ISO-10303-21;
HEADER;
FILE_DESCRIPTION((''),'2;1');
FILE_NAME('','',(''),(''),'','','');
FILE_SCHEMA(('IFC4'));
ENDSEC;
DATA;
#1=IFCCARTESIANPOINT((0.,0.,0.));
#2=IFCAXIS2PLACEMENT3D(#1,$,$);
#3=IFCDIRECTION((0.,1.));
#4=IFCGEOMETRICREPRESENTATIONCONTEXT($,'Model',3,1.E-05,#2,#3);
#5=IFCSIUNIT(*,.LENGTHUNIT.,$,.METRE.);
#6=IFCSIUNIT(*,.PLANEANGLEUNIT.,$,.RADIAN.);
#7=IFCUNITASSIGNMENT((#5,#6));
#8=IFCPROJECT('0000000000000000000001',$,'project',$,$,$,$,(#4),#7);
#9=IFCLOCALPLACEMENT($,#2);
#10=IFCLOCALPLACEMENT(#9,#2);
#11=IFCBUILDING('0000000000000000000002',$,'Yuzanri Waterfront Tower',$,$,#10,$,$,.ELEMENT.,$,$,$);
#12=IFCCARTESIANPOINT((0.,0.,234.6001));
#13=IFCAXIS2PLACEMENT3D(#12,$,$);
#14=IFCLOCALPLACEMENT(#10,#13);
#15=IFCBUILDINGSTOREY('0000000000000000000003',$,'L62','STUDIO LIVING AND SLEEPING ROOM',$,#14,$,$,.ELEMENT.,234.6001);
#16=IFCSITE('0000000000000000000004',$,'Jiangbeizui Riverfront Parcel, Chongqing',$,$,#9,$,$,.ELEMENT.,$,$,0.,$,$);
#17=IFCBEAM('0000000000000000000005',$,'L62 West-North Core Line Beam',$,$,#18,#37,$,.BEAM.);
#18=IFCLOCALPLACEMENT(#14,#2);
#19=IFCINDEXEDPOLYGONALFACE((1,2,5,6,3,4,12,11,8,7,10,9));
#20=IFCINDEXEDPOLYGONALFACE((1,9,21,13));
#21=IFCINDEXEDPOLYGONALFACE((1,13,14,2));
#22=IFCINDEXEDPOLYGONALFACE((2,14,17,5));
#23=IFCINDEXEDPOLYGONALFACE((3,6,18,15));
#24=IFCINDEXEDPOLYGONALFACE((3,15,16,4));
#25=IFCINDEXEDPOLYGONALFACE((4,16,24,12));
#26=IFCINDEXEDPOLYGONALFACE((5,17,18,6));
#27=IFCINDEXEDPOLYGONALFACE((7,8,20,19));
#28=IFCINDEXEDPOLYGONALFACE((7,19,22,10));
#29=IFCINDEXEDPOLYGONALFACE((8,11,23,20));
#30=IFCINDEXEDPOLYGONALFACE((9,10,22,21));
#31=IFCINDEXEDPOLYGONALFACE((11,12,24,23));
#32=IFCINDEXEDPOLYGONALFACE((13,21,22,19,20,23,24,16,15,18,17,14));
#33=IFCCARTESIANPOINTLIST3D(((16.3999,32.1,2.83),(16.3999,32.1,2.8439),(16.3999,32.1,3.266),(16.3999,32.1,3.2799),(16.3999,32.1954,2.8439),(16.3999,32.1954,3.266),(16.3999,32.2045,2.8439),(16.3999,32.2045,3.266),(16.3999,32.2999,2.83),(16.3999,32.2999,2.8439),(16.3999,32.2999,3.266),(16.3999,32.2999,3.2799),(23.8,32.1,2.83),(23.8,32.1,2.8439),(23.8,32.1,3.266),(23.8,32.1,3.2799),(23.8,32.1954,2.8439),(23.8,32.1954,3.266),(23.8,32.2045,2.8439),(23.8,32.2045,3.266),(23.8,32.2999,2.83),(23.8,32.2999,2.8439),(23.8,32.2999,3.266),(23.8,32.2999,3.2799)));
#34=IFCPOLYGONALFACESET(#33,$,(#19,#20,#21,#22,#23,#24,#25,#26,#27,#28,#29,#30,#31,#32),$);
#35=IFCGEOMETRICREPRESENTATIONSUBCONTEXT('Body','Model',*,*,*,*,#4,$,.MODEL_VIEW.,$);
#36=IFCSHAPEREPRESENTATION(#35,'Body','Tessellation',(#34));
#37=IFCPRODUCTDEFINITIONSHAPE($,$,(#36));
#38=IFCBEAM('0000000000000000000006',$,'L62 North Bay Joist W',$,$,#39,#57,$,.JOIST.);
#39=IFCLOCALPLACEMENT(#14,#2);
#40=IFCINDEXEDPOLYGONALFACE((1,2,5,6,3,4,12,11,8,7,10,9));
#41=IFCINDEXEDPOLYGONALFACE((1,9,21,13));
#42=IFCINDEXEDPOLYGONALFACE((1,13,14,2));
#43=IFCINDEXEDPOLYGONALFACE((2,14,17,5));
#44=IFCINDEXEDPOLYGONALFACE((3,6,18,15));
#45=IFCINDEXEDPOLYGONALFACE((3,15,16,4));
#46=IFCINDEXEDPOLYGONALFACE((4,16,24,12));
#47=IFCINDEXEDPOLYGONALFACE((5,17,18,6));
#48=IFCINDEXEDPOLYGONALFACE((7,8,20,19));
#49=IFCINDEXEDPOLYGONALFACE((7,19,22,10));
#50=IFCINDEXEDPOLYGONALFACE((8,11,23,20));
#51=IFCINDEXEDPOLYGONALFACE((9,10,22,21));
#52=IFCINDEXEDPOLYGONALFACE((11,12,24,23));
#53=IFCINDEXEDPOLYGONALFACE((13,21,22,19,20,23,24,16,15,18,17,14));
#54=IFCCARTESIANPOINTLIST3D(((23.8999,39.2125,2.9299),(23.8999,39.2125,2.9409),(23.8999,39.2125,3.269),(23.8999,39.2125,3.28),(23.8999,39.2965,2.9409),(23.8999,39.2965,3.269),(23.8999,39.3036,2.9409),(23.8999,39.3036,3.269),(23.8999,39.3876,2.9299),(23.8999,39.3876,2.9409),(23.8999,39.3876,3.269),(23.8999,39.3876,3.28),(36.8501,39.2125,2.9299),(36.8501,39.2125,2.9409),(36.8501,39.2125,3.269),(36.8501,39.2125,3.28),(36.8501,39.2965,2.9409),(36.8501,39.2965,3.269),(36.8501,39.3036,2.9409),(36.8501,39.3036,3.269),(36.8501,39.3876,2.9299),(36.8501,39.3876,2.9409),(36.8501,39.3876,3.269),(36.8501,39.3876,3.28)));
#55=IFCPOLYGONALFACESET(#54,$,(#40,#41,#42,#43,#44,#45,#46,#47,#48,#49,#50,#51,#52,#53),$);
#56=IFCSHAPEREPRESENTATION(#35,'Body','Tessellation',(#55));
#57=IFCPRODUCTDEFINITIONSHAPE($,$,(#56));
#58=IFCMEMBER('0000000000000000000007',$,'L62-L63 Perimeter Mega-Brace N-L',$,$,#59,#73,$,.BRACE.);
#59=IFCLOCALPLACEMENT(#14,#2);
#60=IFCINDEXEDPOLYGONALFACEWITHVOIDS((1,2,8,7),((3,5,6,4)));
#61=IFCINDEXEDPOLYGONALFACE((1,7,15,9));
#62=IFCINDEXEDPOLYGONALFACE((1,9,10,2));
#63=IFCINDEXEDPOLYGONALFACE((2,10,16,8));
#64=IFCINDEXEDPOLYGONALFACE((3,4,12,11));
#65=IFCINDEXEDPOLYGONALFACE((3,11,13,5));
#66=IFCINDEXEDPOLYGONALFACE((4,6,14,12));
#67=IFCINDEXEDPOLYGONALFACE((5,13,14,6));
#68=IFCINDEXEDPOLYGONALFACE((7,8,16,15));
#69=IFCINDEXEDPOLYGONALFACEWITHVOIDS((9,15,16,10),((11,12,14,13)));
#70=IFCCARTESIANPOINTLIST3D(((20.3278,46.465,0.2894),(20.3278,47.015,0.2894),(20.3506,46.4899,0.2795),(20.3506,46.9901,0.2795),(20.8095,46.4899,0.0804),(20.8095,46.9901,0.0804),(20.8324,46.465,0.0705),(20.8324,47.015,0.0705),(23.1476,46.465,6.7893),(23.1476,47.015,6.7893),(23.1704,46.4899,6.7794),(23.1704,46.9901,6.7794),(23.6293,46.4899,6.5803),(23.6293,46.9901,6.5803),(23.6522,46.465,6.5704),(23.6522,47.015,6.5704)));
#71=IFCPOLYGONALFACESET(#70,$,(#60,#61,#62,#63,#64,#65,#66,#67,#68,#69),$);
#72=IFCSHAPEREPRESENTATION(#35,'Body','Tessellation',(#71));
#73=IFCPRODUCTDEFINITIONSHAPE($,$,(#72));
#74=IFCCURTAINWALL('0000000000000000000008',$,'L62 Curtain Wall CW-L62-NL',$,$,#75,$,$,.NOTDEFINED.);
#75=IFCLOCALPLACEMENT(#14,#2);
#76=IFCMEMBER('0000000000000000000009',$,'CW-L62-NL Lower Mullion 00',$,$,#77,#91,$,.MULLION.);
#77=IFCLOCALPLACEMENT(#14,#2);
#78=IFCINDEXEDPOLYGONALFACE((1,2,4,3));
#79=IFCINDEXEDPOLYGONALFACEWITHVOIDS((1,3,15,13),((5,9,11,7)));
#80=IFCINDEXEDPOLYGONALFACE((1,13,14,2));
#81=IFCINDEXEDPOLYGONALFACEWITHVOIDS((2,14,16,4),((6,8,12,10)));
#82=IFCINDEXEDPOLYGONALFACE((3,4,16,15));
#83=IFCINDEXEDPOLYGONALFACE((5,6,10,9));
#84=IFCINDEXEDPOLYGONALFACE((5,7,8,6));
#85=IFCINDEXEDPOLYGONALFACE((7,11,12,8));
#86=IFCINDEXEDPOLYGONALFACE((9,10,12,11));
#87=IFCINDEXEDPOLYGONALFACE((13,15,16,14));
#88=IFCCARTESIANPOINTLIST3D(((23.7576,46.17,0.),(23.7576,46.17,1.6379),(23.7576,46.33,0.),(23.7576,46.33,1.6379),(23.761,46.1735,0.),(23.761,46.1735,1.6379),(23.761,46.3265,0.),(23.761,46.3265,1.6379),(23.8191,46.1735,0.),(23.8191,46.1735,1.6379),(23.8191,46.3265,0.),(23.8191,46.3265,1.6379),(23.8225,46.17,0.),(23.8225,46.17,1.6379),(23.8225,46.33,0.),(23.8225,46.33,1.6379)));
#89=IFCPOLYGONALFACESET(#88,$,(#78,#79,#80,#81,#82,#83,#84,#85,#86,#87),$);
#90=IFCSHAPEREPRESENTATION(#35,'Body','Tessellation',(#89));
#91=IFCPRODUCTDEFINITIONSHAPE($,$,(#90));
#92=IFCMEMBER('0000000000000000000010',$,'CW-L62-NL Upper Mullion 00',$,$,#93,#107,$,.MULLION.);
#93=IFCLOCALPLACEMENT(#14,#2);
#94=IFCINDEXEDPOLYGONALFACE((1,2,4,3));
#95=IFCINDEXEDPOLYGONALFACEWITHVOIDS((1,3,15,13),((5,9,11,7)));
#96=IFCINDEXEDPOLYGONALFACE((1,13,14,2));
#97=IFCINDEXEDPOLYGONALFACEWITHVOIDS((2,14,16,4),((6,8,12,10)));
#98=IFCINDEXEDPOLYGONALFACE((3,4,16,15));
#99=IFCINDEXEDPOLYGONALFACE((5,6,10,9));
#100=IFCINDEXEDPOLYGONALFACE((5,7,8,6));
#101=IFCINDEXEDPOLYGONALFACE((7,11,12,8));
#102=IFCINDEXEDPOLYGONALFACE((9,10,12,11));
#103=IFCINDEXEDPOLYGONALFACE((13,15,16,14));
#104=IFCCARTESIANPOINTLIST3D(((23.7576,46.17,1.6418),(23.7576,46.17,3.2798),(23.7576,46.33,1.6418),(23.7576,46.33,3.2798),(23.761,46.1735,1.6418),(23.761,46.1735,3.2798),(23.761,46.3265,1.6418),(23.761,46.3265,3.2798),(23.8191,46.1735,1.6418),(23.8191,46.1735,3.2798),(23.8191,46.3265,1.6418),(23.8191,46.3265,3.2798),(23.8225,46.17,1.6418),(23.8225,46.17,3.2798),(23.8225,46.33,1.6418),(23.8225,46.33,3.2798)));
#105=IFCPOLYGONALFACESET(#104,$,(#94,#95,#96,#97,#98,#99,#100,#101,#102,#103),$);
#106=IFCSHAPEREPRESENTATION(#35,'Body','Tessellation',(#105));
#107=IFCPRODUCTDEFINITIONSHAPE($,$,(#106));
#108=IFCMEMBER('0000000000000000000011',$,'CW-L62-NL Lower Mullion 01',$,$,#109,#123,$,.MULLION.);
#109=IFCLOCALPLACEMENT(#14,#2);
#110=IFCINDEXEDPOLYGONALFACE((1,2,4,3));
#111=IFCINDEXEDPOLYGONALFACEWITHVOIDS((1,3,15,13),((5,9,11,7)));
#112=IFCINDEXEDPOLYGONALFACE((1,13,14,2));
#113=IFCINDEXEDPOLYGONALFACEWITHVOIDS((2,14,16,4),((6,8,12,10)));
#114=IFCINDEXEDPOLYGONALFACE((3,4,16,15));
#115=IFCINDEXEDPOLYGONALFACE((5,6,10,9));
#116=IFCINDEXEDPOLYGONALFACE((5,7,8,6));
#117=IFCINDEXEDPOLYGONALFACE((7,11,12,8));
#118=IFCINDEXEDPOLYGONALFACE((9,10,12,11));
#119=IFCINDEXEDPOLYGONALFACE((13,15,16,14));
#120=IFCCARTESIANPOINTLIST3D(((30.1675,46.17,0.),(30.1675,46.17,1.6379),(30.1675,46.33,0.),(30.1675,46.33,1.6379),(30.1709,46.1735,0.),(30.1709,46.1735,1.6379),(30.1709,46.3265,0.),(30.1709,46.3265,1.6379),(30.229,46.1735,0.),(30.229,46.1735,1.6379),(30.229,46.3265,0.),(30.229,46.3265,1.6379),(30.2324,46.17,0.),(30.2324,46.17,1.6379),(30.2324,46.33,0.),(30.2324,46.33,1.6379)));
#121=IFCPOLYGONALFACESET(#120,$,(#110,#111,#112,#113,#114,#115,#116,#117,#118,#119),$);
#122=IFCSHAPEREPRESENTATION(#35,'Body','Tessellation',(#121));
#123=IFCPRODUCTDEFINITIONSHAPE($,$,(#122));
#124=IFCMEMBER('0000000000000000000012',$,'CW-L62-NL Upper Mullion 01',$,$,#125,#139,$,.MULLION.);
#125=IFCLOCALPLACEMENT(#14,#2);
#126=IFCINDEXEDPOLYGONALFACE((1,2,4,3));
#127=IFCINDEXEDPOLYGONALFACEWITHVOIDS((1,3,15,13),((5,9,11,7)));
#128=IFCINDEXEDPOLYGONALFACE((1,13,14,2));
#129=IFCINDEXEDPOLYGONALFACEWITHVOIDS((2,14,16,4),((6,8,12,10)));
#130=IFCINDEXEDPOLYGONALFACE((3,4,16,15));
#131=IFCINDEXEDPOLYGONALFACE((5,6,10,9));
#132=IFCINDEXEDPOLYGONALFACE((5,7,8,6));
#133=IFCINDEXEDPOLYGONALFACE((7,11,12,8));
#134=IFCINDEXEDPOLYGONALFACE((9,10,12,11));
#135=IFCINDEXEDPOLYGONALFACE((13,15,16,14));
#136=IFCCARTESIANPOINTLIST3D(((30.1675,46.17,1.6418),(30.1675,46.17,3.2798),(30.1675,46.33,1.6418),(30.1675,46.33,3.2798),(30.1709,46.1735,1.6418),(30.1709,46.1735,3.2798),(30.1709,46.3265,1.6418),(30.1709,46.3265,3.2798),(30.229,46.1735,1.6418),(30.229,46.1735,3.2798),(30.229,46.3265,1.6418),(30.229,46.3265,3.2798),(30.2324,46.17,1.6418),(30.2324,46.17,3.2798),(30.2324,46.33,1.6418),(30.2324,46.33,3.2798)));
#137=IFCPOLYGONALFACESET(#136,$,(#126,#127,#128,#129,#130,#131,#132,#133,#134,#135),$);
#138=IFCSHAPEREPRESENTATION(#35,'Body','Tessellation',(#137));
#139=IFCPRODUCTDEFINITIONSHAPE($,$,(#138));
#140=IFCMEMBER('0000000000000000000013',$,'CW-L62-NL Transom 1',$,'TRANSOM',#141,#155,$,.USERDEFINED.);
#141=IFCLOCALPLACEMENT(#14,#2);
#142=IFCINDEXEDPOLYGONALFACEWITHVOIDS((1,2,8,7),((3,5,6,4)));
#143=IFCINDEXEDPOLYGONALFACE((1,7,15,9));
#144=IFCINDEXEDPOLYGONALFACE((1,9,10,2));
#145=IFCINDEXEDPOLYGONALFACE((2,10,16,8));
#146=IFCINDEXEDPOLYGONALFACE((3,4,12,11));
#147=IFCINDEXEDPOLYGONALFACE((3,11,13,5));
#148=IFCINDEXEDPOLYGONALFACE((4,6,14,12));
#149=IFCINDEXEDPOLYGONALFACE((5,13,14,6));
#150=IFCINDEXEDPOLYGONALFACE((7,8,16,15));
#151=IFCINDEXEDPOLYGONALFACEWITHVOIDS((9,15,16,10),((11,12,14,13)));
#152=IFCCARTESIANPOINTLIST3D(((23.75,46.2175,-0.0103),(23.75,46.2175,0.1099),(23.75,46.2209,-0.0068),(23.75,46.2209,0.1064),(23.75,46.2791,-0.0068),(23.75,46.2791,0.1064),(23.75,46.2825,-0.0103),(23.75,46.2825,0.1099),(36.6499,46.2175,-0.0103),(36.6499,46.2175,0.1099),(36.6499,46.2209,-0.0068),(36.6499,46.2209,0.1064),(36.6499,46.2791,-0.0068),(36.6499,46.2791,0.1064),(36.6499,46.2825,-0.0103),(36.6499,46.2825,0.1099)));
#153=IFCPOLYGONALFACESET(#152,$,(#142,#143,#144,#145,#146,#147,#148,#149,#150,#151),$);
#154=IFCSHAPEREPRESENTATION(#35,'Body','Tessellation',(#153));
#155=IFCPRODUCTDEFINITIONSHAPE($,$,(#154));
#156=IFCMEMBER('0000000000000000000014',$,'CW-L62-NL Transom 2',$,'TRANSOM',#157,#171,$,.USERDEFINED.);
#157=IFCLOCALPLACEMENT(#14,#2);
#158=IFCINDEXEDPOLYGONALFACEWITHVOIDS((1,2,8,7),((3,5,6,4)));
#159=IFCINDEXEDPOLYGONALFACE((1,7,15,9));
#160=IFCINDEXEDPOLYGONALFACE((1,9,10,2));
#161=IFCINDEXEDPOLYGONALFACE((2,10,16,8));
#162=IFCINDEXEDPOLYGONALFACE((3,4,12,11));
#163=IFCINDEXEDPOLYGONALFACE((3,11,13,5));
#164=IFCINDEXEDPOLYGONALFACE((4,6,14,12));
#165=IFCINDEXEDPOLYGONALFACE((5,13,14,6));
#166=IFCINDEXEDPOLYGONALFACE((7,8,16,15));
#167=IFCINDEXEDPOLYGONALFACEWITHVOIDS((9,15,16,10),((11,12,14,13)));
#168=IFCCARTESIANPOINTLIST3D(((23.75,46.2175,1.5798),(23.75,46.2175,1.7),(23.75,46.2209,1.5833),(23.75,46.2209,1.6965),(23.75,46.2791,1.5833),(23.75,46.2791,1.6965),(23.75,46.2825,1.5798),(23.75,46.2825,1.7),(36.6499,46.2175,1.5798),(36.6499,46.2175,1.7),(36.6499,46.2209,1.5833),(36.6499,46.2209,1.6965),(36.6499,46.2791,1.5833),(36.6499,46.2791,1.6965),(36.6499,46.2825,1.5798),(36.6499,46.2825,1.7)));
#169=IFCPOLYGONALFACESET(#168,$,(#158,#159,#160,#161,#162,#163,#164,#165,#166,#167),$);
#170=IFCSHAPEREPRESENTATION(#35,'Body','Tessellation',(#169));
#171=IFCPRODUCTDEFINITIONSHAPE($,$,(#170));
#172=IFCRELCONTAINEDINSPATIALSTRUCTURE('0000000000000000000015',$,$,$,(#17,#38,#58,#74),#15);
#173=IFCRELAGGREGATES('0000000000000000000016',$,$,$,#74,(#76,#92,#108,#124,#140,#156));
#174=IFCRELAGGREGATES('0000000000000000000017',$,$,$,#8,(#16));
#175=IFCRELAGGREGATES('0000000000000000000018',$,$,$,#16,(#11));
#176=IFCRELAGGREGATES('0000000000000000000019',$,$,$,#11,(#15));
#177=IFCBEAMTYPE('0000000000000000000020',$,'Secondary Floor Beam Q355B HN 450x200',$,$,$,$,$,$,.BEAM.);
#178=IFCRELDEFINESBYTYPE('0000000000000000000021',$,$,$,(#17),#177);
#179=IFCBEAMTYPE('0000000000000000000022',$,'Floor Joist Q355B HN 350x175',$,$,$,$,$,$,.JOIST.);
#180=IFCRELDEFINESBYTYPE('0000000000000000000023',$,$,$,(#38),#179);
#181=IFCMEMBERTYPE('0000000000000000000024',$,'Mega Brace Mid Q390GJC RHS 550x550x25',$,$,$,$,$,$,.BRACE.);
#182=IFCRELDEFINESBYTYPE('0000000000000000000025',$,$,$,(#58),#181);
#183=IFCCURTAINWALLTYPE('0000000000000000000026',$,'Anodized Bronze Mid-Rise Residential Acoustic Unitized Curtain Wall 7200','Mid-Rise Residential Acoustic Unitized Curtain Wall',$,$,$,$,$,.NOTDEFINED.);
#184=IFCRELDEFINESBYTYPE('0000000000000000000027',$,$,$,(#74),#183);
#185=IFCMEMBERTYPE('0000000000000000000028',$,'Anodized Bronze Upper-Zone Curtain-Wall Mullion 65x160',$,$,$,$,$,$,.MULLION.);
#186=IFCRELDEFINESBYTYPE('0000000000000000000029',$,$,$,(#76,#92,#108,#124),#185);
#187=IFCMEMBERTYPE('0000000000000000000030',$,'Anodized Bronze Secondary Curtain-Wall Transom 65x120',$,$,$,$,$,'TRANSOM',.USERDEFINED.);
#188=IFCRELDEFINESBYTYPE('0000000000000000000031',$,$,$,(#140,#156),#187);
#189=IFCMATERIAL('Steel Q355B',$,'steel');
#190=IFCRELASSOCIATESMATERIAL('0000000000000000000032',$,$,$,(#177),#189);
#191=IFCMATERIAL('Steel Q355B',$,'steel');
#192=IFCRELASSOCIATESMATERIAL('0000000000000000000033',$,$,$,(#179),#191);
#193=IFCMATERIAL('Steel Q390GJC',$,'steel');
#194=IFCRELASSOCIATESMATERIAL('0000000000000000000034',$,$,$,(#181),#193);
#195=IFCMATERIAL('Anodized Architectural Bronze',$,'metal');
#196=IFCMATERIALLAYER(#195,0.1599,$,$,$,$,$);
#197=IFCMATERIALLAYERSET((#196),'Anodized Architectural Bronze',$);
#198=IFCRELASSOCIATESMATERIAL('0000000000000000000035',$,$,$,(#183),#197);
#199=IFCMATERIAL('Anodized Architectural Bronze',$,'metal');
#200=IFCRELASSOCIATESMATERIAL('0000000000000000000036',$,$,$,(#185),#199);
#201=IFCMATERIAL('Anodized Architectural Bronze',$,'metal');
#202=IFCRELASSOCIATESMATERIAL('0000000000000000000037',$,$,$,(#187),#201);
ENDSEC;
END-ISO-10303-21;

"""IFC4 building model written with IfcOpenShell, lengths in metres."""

from ifc_helpers import new_model, si_unit, direction, frame, origin, origin_2d, place, context, subcontext, project, spatial, hollow_rectangle, i_section, extrude, source, transform, mapped, material, layer, layer_set, material_profile, profile_set, type_object, element, aggregate, save


model = new_model("IFC4")

# Units and contexts
model_context = context("Model", 3, precision=1e-05, world=origin(), true_north=direction((0.0, 1.0)))
body_context = subcontext(model_context, "Body", "Model", "MODEL_VIEW")
ifc_project = project(units=[si_unit("LENGTHUNIT", "METRE"), si_unit("PLANEANGLEUNIT", "RADIAN")], contexts=[model_context])

# Site, building, storey
site_placement = place(None, origin())
site = spatial("IfcSite", under=ifc_project, at=site_placement, Name="Jiangbeizui Riverfront Parcel, Chongqing", CompositionType="ELEMENT", RefElevation=0.0)
building_placement = place(site_placement, origin())
building = spatial("IfcBuilding", under=site, at=building_placement, Name="Yuzanri Waterfront Tower", CompositionType="ELEMENT")
storey_placement = place(building_placement, frame((0.0, 0.0, 234.6001)))
storey = spatial("IfcBuildingStorey", under=building, at=storey_placement, Name="L62", Description="STUDIO LIVING AND SLEEPING ROOM", CompositionType="ELEMENT", Elevation=234.6001)

# Beams
ifc_material_1 = material(Name="Steel Q355B", Category="steel")
ifc_material_profile_1 = material_profile(ifc_material_1, i_section(OverallWidth=0.2, OverallDepth=0.45, WebThickness=0.009, FlangeThickness=0.0139, at=origin_2d()), Name="HN 450x200x9x14")
ifc_profile_set_1 = profile_set([ifc_material_profile_1], Name="Steel Q355B")
beam_type_1 = type_object("IfcBeamType", Name="Secondary Floor Beam Q355B HN 450x200", PredefinedType="BEAM", material=ifc_profile_set_1)
shared_shape_1 = source(origin(), body_context, "Body", "SweptSolid", [
    extrude(i_section(OverallWidth=0.2, OverallDepth=0.45, WebThickness=0.009, FlangeThickness=0.0139, at=origin_2d()), origin(), (0.0, 0.0, 1.0), 7.4001),
])
beam_1_placement = place(storey_placement, frame((23.8, 32.2, 3.0549), z_axis=(-1.0, 0.0, 0.0), x_axis=(0.0, -1.0, 0.0)))
element("IfcBeam", 1, at=beam_1_placement, inside=storey, type_object=beam_type_1, Name="L62 West-North Core Line Beam", PredefinedType="BEAM", context=body_context, shape_type="MappedRepresentation", body=[
    mapped(shared_shape_1, transform((0.0, 0.0, 0.0), scale=1.0)),
])
ifc_material_2 = material(Name="Steel Q355B", Category="steel")
ifc_material_profile_2 = material_profile(ifc_material_2, i_section(OverallWidth=0.175, OverallDepth=0.3501, WebThickness=0.0071, FlangeThickness=0.011, at=origin_2d()), Name="HN 350x175x7x11")
ifc_profile_set_2 = profile_set([ifc_material_profile_2], Name="Steel Q355B")
beam_type_2 = type_object("IfcBeamType", Name="Floor Joist Q355B HN 350x175", PredefinedType="JOIST", material=ifc_profile_set_2)
shared_shape_2 = source(origin(), body_context, "Body", "SweptSolid", [
    extrude(i_section(OverallWidth=0.175, OverallDepth=0.3501, WebThickness=0.0071, FlangeThickness=0.011, at=origin_2d()), origin(), (0.0, 0.0, 1.0), 12.9502),
])
beam_2_placement = place(storey_placement, frame((23.8999, 39.3, 3.105), z_axis=(1.0, 0.0, 0.0), x_axis=(0.0, 1.0, 0.0)))
element("IfcBeam", 2, at=beam_2_placement, inside=storey, type_object=beam_type_2, Name="L62 North Bay Joist W", PredefinedType="JOIST", context=body_context, shape_type="MappedRepresentation", body=[
    mapped(shared_shape_2, transform((0.0, 0.0, 0.0), scale=1.0)),
])

# Member
ifc_material_3 = material(Name="Steel Q390GJC", Category="steel")
ifc_material_profile_3 = material_profile(ifc_material_3, hollow_rectangle(XDim=0.55, YDim=0.55, WallThickness=0.0249, at=origin_2d()), Name="RHS 550x550x25")
ifc_profile_set_3 = profile_set([ifc_material_profile_3], Name="Steel Q390GJC")
member_type_1 = type_object("IfcMemberType", Name="Mega Brace Mid Q390GJC RHS 550x550x25", PredefinedType="BRACE", material=ifc_profile_set_3)
shared_shape_3 = source(origin(), body_context, "Body", "SweptSolid", [
    extrude(hollow_rectangle(XDim=0.55, YDim=0.55, WallThickness=0.0249, at=origin_2d()), origin(), (0.0, 0.0, 1.0), 7.0852),
])
member_1_placement = place(storey_placement, frame((20.5801, 46.74, 0.1799), z_axis=(0.397983, 0.0, 0.917393), x_axis=(0.0, 1.0, 0.0)))
element("IfcMember", 3, at=member_1_placement, inside=storey, type_object=member_type_1, Name="L62-L63 Perimeter Mega-Brace N-L", PredefinedType="BRACE", context=body_context, shape_type="MappedRepresentation", body=[
    mapped(shared_shape_3, transform((0.0, 0.0, 0.0), scale=1.0)),
])

# Curtain wall, members
ifc_material_4 = material(Name="Anodized Architectural Bronze", Category="metal")
ifc_layer_1 = layer(ifc_material_4, 0.1599)
ifc_layer_set_1 = layer_set([ifc_layer_1], Name="Anodized Architectural Bronze")
curtain_wall_type = type_object("IfcCurtainWallType", Name="Anodized Bronze Mid-Rise Residential Acoustic Unitized Curtain Wall 7200", Description="Mid-Rise Residential Acoustic Unitized Curtain Wall", PredefinedType="NOTDEFINED", material=ifc_layer_set_1)
curtain_wall_placement = place(storey_placement, origin())
curtain_wall = element("IfcCurtainWall", 4, at=curtain_wall_placement, inside=storey, type_object=curtain_wall_type, Name="L62 Curtain Wall CW-L62-NL", PredefinedType="NOTDEFINED")
ifc_material_5 = material(Name="Anodized Architectural Bronze", Category="metal")
ifc_material_profile_4 = material_profile(ifc_material_5, hollow_rectangle(XDim=0.0649, YDim=0.1599, WallThickness=0.0034, at=origin_2d()), Name="CWM 65x160")
ifc_profile_set_4 = profile_set([ifc_material_profile_4], Name="Anodized Architectural Bronze")
member_type_2 = type_object("IfcMemberType", Name="Anodized Bronze Upper-Zone Curtain-Wall Mullion 65x160", PredefinedType="MULLION", material=ifc_profile_set_4)
shared_shape_4 = source(origin(), body_context, "Body", "SweptSolid", [
    extrude(hollow_rectangle(XDim=0.0649, YDim=0.1599, WallThickness=0.0034, at=origin_2d()), origin(), (0.0, 0.0, 1.0), 1.6379),
])
member_2_placement = place(storey_placement, frame((23.79, 46.25, 0.0), z_axis=(0.0, 0.0, 1.0), x_axis=(1.0, 0.0, 0.0)))
member_2 = element("IfcMember", 5, at=member_2_placement, type_object=member_type_2, Name="CW-L62-NL Lower Mullion 00", PredefinedType="MULLION", context=body_context, shape_type="MappedRepresentation", body=[
    mapped(shared_shape_4, transform((0.0, 0.0, 0.0), scale=1.0)),
])
member_3_placement = place(storey_placement, frame((23.79, 46.25, 1.6418), z_axis=(0.0, 0.0, 1.0), x_axis=(1.0, 0.0, 0.0)))
member_3 = element("IfcMember", 6, at=member_3_placement, type_object=member_type_2, Name="CW-L62-NL Upper Mullion 00", PredefinedType="MULLION", context=body_context, shape_type="MappedRepresentation", body=[
    mapped(shared_shape_4, transform((0.0, 0.0, 0.0), scale=1.0)),
])
member_4_placement = place(storey_placement, frame((30.2, 46.25, 0.0), z_axis=(0.0, 0.0, 1.0), x_axis=(1.0, 0.0, 0.0)))
member_4 = element("IfcMember", 7, at=member_4_placement, type_object=member_type_2, Name="CW-L62-NL Lower Mullion 01", PredefinedType="MULLION", context=body_context, shape_type="MappedRepresentation", body=[
    mapped(shared_shape_4, transform((0.0, 0.0, 0.0), scale=1.0)),
])
member_5_placement = place(storey_placement, frame((30.2, 46.25, 1.6418), z_axis=(0.0, 0.0, 1.0), x_axis=(1.0, 0.0, 0.0)))
member_5 = element("IfcMember", 8, at=member_5_placement, type_object=member_type_2, Name="CW-L62-NL Upper Mullion 01", PredefinedType="MULLION", context=body_context, shape_type="MappedRepresentation", body=[
    mapped(shared_shape_4, transform((0.0, 0.0, 0.0), scale=1.0)),
])
ifc_material_6 = material(Name="Anodized Architectural Bronze", Category="metal")
ifc_material_profile_5 = material_profile(ifc_material_6, hollow_rectangle(XDim=0.0649, YDim=0.1201, WallThickness=0.0034, at=origin_2d()), Name="CWT 65x120")
ifc_profile_set_5 = profile_set([ifc_material_profile_5], Name="Anodized Architectural Bronze")
member_type_3 = type_object("IfcMemberType", Name="Anodized Bronze Secondary Curtain-Wall Transom 65x120", ElementType="TRANSOM", PredefinedType="USERDEFINED", material=ifc_profile_set_5)
shared_shape_5 = source(origin(), body_context, "Body", "SweptSolid", [
    extrude(hollow_rectangle(XDim=0.0649, YDim=0.1201, WallThickness=0.0034, at=origin_2d()), origin(), (0.0, 0.0, 1.0), 12.8999),
])
member_6_placement = place(storey_placement, frame((23.75, 46.25, 0.0498), z_axis=(1.0, 0.0, 0.0), x_axis=(0.0, 1.0, 0.0)))
member_6 = element("IfcMember", 9, at=member_6_placement, type_object=member_type_3, Name="CW-L62-NL Transom 1", ObjectType="TRANSOM", PredefinedType="USERDEFINED", context=body_context, shape_type="MappedRepresentation", body=[
    mapped(shared_shape_5, transform((0.0, 0.0, 0.0), scale=1.0)),
])
member_7_placement = place(storey_placement, frame((23.75, 46.25, 1.6399), z_axis=(1.0, 0.0, 0.0), x_axis=(0.0, 1.0, 0.0)))
member_7 = element("IfcMember", 10, at=member_7_placement, type_object=member_type_3, Name="CW-L62-NL Transom 2", ObjectType="TRANSOM", PredefinedType="USERDEFINED", context=body_context, shape_type="MappedRepresentation", body=[
    mapped(shared_shape_5, transform((0.0, 0.0, 0.0), scale=1.0)),
])

aggregate(curtain_wall, [member_2, member_3, member_4, member_5, member_6, member_7])

save(model, "model.ifc")
